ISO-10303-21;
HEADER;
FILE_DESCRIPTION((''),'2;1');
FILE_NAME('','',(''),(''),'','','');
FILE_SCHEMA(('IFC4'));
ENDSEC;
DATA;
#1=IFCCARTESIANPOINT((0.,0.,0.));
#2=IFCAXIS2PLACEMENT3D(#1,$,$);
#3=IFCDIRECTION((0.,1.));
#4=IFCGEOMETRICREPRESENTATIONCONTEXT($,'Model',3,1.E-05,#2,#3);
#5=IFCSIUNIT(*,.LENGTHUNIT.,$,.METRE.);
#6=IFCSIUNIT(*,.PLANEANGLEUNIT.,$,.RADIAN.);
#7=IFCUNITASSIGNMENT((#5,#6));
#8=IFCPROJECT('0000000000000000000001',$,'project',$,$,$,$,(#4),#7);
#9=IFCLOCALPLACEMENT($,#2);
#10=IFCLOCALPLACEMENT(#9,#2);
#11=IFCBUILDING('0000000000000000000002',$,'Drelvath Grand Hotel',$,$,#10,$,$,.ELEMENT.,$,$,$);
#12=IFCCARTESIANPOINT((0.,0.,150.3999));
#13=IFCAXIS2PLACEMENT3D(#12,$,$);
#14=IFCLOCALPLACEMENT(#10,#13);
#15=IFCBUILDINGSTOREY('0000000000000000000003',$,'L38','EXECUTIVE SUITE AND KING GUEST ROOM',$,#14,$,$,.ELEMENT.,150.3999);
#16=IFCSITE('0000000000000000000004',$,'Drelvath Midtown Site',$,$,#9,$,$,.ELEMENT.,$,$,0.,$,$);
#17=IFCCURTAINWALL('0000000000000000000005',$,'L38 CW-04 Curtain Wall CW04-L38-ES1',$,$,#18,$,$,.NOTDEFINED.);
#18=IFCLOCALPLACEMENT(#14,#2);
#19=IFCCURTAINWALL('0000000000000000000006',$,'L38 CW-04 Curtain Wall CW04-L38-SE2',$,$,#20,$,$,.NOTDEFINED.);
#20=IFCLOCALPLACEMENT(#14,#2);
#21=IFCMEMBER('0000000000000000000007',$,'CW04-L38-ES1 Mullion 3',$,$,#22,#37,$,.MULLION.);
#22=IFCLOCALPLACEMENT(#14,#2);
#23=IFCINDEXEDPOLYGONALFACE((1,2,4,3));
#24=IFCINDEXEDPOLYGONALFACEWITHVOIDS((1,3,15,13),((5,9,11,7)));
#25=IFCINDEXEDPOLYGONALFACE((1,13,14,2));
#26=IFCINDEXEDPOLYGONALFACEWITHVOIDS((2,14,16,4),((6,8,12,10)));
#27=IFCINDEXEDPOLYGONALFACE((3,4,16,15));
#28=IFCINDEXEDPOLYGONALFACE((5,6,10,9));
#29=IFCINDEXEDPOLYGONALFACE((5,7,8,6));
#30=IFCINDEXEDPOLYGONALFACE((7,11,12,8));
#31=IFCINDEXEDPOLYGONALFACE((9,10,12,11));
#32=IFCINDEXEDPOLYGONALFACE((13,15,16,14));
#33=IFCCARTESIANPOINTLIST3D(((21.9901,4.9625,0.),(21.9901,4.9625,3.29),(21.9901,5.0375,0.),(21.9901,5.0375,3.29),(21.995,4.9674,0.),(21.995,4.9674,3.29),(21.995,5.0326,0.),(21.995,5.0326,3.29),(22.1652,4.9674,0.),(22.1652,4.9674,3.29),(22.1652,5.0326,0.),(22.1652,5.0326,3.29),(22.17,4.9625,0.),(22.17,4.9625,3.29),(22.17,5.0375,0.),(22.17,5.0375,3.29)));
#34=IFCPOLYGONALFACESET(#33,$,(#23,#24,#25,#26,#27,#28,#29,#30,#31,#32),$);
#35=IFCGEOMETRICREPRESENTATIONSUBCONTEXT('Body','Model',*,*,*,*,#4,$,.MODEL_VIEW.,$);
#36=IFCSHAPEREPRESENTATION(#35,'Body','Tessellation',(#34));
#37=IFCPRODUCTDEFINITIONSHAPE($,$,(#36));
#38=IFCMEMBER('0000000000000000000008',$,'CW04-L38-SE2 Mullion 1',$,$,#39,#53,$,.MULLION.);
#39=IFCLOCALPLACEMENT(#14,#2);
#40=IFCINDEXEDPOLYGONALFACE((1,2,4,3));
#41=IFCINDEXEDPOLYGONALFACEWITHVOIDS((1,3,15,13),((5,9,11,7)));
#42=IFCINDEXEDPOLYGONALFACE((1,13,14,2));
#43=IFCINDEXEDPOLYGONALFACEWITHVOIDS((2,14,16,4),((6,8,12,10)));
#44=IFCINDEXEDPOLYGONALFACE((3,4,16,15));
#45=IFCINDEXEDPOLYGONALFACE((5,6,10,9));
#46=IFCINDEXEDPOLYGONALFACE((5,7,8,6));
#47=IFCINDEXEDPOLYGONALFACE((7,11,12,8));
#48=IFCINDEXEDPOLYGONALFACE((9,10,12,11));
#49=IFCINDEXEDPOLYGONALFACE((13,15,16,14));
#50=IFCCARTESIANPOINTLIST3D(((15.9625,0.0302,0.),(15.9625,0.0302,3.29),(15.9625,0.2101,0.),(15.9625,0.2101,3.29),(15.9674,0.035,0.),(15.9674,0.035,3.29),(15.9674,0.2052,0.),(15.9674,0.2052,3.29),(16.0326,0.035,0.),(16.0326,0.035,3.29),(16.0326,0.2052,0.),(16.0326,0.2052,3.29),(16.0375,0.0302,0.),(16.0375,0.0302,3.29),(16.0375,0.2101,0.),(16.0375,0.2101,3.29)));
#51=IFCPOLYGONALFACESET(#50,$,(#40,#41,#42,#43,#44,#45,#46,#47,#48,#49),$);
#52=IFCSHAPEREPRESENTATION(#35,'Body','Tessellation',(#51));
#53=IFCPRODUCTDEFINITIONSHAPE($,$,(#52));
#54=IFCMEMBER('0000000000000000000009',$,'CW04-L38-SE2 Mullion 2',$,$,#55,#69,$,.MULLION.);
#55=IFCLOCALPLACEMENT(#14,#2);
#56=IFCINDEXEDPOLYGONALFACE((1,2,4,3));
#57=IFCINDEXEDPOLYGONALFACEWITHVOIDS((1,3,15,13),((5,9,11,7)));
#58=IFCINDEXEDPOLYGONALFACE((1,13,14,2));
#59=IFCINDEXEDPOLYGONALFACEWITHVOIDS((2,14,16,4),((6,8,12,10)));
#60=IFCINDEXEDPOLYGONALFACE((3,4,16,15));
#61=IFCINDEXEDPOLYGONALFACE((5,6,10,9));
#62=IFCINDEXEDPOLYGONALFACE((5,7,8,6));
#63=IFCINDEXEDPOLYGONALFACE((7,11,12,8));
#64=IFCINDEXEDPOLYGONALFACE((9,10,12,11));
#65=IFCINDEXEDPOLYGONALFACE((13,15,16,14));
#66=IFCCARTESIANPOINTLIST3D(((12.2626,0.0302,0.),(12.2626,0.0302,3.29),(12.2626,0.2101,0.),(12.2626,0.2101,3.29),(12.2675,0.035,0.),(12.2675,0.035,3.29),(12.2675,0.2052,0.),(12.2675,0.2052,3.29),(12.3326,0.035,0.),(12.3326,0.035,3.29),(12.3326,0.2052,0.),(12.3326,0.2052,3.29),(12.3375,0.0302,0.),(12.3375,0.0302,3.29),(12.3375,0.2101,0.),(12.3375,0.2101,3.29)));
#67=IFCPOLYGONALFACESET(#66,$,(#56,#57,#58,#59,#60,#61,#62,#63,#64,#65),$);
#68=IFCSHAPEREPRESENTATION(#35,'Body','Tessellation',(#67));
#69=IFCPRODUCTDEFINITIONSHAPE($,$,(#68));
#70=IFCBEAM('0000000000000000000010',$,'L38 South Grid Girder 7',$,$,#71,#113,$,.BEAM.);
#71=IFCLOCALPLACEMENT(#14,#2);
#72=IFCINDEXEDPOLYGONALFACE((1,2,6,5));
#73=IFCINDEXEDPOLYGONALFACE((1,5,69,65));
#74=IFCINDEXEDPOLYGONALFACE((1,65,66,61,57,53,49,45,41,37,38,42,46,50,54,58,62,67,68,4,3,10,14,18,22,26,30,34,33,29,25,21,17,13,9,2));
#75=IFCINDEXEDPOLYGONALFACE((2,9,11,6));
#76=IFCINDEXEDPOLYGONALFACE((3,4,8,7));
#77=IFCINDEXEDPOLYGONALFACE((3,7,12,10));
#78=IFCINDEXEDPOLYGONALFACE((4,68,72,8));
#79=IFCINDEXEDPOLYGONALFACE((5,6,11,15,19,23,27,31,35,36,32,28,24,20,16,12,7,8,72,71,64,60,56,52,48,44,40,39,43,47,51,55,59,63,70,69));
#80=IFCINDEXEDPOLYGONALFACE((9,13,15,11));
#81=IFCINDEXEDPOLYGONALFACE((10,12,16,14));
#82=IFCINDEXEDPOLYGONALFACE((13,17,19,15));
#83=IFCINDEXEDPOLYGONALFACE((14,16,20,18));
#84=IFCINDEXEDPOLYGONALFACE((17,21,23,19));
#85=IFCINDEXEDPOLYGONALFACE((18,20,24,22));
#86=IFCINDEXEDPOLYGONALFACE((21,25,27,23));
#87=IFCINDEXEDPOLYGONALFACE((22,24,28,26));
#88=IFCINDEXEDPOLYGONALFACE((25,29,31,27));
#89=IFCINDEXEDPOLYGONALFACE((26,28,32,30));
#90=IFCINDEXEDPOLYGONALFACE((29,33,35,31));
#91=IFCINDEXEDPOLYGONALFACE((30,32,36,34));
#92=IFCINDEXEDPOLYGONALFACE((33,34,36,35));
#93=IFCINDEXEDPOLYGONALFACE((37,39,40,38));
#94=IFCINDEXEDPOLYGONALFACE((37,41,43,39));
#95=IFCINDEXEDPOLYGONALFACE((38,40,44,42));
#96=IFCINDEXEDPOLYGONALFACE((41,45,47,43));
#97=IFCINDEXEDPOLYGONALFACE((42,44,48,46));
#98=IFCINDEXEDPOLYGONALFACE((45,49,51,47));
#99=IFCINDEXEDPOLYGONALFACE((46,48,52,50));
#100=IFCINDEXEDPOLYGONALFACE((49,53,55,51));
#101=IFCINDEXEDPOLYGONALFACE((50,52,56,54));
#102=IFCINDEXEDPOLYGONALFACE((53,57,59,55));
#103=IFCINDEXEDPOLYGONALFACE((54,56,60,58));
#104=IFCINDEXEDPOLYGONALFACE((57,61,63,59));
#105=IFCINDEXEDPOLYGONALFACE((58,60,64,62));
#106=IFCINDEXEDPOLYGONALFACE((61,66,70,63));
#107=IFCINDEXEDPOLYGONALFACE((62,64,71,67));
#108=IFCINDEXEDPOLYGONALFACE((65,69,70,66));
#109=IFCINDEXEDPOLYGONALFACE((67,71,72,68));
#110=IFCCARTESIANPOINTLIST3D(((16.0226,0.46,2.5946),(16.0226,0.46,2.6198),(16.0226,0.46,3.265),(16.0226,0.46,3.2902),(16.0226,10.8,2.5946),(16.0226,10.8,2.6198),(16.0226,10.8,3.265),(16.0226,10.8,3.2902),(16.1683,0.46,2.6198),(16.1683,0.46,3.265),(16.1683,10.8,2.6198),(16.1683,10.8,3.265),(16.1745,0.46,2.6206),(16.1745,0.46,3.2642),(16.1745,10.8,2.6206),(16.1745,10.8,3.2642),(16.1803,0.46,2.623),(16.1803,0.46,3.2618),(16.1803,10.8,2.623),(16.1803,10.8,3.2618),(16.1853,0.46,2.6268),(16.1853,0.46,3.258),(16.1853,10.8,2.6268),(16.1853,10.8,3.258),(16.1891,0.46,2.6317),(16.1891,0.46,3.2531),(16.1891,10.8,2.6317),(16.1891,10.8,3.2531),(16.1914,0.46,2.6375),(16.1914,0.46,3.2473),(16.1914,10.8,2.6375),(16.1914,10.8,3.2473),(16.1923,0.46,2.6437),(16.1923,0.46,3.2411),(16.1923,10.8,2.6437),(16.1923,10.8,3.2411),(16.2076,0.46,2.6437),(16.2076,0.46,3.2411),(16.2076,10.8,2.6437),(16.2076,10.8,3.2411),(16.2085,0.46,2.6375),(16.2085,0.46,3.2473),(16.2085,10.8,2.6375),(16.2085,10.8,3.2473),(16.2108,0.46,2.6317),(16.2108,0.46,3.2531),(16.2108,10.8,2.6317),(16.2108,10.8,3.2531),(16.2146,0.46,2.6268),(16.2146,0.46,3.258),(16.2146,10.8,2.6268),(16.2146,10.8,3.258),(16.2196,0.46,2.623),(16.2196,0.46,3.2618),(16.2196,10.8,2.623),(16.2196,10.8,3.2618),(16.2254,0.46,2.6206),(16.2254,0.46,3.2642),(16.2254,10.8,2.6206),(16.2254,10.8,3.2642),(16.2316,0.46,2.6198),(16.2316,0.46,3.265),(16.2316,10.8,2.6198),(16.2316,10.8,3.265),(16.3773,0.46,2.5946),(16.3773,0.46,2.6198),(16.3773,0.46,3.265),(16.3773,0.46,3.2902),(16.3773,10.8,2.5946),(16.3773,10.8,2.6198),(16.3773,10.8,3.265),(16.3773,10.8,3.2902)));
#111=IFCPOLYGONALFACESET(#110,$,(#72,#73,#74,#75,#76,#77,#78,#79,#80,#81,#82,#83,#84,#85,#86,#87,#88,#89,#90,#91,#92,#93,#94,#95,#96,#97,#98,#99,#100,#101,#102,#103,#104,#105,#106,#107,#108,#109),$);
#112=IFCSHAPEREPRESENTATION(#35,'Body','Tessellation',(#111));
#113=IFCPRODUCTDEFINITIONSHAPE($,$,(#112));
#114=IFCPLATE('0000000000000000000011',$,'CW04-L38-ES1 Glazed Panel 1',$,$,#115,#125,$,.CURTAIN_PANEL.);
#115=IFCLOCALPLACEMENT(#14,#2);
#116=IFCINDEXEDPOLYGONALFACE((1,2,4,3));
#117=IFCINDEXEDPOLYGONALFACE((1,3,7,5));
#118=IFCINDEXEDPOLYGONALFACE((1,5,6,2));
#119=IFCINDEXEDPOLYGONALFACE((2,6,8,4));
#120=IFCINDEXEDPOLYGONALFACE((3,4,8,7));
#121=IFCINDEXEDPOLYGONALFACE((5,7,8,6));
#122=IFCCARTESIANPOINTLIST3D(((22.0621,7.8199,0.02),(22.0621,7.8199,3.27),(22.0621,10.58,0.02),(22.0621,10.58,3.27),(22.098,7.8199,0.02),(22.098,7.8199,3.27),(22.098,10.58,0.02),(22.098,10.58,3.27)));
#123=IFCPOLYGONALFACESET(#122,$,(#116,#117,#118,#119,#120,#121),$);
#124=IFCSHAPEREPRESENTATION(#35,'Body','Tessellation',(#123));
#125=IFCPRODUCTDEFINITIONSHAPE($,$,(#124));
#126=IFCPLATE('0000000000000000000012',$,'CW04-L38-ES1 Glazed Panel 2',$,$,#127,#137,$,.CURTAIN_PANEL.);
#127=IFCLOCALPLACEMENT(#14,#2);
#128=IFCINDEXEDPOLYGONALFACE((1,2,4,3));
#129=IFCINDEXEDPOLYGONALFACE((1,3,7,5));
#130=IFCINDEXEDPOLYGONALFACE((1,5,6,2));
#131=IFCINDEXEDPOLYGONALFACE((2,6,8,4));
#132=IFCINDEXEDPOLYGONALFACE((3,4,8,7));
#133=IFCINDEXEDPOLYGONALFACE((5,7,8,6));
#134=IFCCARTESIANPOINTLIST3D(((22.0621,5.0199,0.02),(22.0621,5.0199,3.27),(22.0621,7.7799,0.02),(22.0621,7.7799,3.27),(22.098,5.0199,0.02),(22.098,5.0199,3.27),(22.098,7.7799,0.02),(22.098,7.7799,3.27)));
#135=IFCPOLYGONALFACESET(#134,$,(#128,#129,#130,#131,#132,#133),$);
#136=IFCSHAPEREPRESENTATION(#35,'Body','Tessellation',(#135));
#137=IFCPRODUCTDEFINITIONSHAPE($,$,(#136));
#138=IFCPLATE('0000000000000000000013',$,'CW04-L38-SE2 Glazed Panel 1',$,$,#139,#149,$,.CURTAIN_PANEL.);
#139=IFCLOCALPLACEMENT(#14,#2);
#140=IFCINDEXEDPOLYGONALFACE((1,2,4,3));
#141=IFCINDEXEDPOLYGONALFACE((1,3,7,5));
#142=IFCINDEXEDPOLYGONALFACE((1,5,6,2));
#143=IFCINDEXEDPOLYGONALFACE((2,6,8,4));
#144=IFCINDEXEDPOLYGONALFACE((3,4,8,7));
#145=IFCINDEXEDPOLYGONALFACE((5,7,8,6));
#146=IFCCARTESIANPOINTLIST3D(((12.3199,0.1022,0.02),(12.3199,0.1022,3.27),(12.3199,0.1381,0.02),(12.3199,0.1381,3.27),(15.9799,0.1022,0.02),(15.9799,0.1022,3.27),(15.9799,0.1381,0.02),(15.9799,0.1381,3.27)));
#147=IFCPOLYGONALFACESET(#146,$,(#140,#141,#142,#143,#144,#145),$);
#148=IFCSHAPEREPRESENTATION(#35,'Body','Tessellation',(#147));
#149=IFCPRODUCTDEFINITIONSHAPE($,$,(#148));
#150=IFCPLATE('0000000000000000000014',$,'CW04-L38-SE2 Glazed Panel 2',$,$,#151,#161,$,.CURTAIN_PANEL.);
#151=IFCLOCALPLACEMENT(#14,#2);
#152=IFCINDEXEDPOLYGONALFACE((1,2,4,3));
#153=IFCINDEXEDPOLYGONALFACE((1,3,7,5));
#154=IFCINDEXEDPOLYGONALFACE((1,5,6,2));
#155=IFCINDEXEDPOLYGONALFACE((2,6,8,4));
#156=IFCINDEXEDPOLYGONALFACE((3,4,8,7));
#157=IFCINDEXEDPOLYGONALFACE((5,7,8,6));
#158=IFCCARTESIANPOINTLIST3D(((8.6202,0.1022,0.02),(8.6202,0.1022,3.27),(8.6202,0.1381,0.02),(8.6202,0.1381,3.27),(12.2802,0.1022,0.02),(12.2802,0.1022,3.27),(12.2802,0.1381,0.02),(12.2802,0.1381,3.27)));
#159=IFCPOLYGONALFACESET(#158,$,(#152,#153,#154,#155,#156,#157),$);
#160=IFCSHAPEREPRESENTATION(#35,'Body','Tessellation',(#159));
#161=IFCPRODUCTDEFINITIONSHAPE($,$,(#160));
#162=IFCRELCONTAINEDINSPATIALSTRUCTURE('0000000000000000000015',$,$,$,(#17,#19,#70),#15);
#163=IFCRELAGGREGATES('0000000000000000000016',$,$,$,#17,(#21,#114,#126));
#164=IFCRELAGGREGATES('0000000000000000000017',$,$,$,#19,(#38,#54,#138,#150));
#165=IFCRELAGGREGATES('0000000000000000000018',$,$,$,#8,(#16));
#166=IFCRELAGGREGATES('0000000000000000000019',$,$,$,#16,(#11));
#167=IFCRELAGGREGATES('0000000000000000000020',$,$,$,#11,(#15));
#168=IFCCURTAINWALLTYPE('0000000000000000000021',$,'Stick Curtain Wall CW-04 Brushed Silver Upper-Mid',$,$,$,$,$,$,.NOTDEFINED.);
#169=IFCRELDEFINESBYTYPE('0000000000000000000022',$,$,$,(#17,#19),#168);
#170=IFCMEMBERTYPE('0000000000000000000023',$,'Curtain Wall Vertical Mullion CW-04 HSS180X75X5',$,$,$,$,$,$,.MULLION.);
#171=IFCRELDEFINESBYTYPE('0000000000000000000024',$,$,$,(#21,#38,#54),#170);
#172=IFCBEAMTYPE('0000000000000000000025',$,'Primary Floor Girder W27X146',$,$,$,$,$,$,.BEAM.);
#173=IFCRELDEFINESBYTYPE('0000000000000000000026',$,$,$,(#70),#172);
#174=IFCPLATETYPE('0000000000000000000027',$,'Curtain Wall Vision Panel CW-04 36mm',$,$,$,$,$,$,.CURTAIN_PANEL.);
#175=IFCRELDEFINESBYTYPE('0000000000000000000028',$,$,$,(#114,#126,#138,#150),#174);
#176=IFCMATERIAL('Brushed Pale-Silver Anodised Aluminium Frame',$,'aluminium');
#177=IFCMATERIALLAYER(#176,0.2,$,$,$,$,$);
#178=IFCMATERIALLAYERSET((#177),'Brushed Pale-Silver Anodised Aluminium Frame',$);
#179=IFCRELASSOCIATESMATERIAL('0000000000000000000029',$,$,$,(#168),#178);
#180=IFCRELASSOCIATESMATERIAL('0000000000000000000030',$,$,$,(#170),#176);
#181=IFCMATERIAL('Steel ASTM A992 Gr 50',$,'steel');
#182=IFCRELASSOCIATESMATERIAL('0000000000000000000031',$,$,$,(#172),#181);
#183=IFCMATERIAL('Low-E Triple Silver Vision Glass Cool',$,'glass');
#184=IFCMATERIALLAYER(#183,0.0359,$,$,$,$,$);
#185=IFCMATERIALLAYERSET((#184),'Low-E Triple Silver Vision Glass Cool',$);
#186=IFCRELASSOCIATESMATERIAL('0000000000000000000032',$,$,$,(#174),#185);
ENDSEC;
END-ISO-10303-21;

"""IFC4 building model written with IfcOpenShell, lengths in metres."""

from ifc_helpers import new_model, si_unit, direction, frame, origin, origin_2d, place, context, subcontext, project, spatial, rectangle, hollow_rectangle, i_section, extrude, material, layer, layer_set, material_profile, profile_set, type_object, element, aggregate, save


model = new_model("IFC4")

# Units and contexts
model_context = context("Model", 3, precision=1e-05, world=origin(), true_north=direction((0.0, 1.0)))
body_context = subcontext(model_context, "Body", "Model", "MODEL_VIEW")
ifc_project = project(units=[si_unit("LENGTHUNIT", "METRE"), si_unit("PLANEANGLEUNIT", "RADIAN")], contexts=[model_context])

# Site, building, storey
site_placement = place(None, origin())
site = spatial("IfcSite", under=ifc_project, at=site_placement, Name="Drelvath Midtown Site", CompositionType="ELEMENT", RefElevation=0.0)
building_placement = place(site_placement, origin())
building = spatial("IfcBuilding", under=site, at=building_placement, Name="Drelvath Grand Hotel", CompositionType="ELEMENT")
storey_placement = place(building_placement, frame((0.0, 0.0, 150.3999)))
storey = spatial("IfcBuildingStorey", under=building, at=storey_placement, Name="L38", Description="EXECUTIVE SUITE AND KING GUEST ROOM", CompositionType="ELEMENT", Elevation=150.3999)

# Shared definitions
ifc_material_1 = material(Name="Steel ASTM A992 Gr 50", Category="steel")

# Curtain walls
ifc_material_2 = material(Name="Brushed Pale-Silver Anodised Aluminium Frame", Category="aluminium")
ifc_layer_1 = layer(ifc_material_2, 0.2)
ifc_layer_set_1 = layer_set([ifc_layer_1], Name="Brushed Pale-Silver Anodised Aluminium Frame")
curtain_wall_type = type_object("IfcCurtainWallType", Name="Stick Curtain Wall CW-04 Brushed Silver Upper-Mid", PredefinedType="NOTDEFINED", material=ifc_layer_set_1)
curtain_wall_1_placement = place(storey_placement, origin())
curtain_wall_1 = element("IfcCurtainWall", 1, at=curtain_wall_1_placement, inside=storey, type_object=curtain_wall_type, Name="L38 CW-04 Curtain Wall CW04-L38-ES1", PredefinedType="NOTDEFINED")
curtain_wall_2_placement = place(storey_placement, origin())
curtain_wall_2 = element("IfcCurtainWall", 2, at=curtain_wall_2_placement, inside=storey, type_object=curtain_wall_type, Name="L38 CW-04 Curtain Wall CW04-L38-SE2", PredefinedType="NOTDEFINED")

# Members
ifc_material_profile_1 = material_profile(ifc_material_2, hollow_rectangle(XDim=0.075, YDim=0.1799, WallThickness=0.0049, at=origin_2d()), Name="HSS180X75X5")
ifc_profile_set_1 = profile_set([ifc_material_profile_1], Name="Brushed Pale-Silver Anodised Aluminium Frame")
member_type_1 = type_object("IfcMemberType", Name="Curtain Wall Vertical Mullion CW-04 HSS180X75X5", PredefinedType="MULLION", material=ifc_profile_set_1)
member_1_placement = place(storey_placement, frame((22.0801, 5.0, 0.0), z_axis=(0.0, 0.0, 1.0), x_axis=(0.0, 1.0, 0.0)))
member_1 = element("IfcMember", 3, at=member_1_placement, type_object=member_type_1, Name="CW04-L38-ES1 Mullion 3", PredefinedType="MULLION", context=body_context, shape_type="SweptSolid", body=[
    extrude(hollow_rectangle(XDim=0.075, YDim=0.1799, WallThickness=0.0049, at=origin_2d()), origin(), (0.0, 0.0, 1.0), 3.29),
])
member_2_placement = place(storey_placement, frame((16.0, 0.1201, 0.0), z_axis=(0.0, 0.0, 1.0), x_axis=(1.0, 0.0, 0.0)))
member_2 = element("IfcMember", 4, at=member_2_placement, type_object=member_type_1, Name="CW04-L38-SE2 Mullion 1", PredefinedType="MULLION", context=body_context, shape_type="SweptSolid", body=[
    extrude(hollow_rectangle(XDim=0.075, YDim=0.1799, WallThickness=0.0049, at=origin_2d()), origin(), (0.0, 0.0, 1.0), 3.29),
])
member_3_placement = place(storey_placement, frame((12.3, 0.1201, 0.0), z_axis=(0.0, 0.0, 1.0), x_axis=(1.0, 0.0, 0.0)))
member_3 = element("IfcMember", 5, at=member_3_placement, type_object=member_type_1, Name="CW04-L38-SE2 Mullion 2", PredefinedType="MULLION", context=body_context, shape_type="SweptSolid", body=[
    extrude(hollow_rectangle(XDim=0.075, YDim=0.1799, WallThickness=0.0049, at=origin_2d()), origin(), (0.0, 0.0, 1.0), 3.29),
])

# Beam
ifc_material_profile_2 = material_profile(ifc_material_1, i_section(OverallWidth=0.3547, OverallDepth=0.6956, WebThickness=0.0154, FlangeThickness=0.0251, FilletRadius=0.0239, at=origin_2d()), Name="W27X146")
ifc_profile_set_2 = profile_set([ifc_material_profile_2], Name="Steel ASTM A992 Gr 50")
beam_type_1 = type_object("IfcBeamType", Name="Primary Floor Girder W27X146", PredefinedType="BEAM", material=ifc_profile_set_2)
beam_1_placement = place(storey_placement, frame((16.2, 0.46, 2.9424), z_axis=(0.0, 1.0, 0.0), x_axis=(-1.0, 0.0, 0.0)))
element("IfcBeam", 6, at=beam_1_placement, inside=storey, type_object=beam_type_1, Name="L38 South Grid Girder 7", PredefinedType="BEAM", context=body_context, shape_type="SweptSolid", body=[
    extrude(i_section(OverallWidth=0.3547, OverallDepth=0.6956, WebThickness=0.0154, FlangeThickness=0.0251, FilletRadius=0.0239, at=origin_2d()), origin(), (0.0, 0.0, 1.0), 10.3401),
])

# Plates
ifc_material_3 = material(Name="Low-E Triple Silver Vision Glass Cool", Category="glass")
ifc_layer_2 = layer(ifc_material_3, 0.0359)
ifc_layer_set_2 = layer_set([ifc_layer_2], Name="Low-E Triple Silver Vision Glass Cool")
plate_type = type_object("IfcPlateType", Name="Curtain Wall Vision Panel CW-04 36mm", PredefinedType="CURTAIN_PANEL", material=ifc_layer_set_2)
plate_1_placement = place(storey_placement, frame((22.0801, 9.2, 0.02), z_axis=(0.0, 0.0, 1.0), x_axis=(0.0, -1.0, 0.0)))
plate_1 = element("IfcPlate", 7, at=plate_1_placement, type_object=plate_type, Name="CW04-L38-ES1 Glazed Panel 1", PredefinedType="CURTAIN_PANEL", context=body_context, shape_type="SweptSolid", body=[
    extrude(rectangle(XDim=2.76, YDim=0.0359, at=origin_2d()), origin(), (0.0, 0.0, 1.0), 3.25),
])
plate_2_placement = place(storey_placement, frame((22.0801, 6.3999, 0.02), z_axis=(0.0, 0.0, 1.0), x_axis=(0.0, -1.0, 0.0)))
plate_2 = element("IfcPlate", 8, at=plate_2_placement, type_object=plate_type, Name="CW04-L38-ES1 Glazed Panel 2", PredefinedType="CURTAIN_PANEL", context=body_context, shape_type="SweptSolid", body=[
    extrude(rectangle(XDim=2.76, YDim=0.0359, at=origin_2d()), origin(), (0.0, 0.0, 1.0), 3.25),
])
aggregate(curtain_wall_1, [member_1, plate_1, plate_2])
plate_3_placement = place(storey_placement, frame((14.1499, 0.1201, 0.02), z_axis=(0.0, 0.0, 1.0), x_axis=(-1.0, 0.0, 0.0)))
plate_3 = element("IfcPlate", 9, at=plate_3_placement, type_object=plate_type, Name="CW04-L38-SE2 Glazed Panel 1", PredefinedType="CURTAIN_PANEL", context=body_context, shape_type="SweptSolid", body=[
    extrude(rectangle(XDim=3.6599, YDim=0.0359, at=origin_2d()), origin(), (0.0, 0.0, 1.0), 3.25),
])
plate_4_placement = place(storey_placement, frame((10.4502, 0.1201, 0.02), z_axis=(0.0, 0.0, 1.0), x_axis=(-1.0, 0.0, 0.0)))
plate_4 = element("IfcPlate", 10, at=plate_4_placement, type_object=plate_type, Name="CW04-L38-SE2 Glazed Panel 2", PredefinedType="CURTAIN_PANEL", context=body_context, shape_type="SweptSolid", body=[
    extrude(rectangle(XDim=3.6599, YDim=0.0359, at=origin_2d()), origin(), (0.0, 0.0, 1.0), 3.25),
])
aggregate(curtain_wall_2, [member_2, member_3, plate_3, plate_4])

save(model, "model.ifc")
